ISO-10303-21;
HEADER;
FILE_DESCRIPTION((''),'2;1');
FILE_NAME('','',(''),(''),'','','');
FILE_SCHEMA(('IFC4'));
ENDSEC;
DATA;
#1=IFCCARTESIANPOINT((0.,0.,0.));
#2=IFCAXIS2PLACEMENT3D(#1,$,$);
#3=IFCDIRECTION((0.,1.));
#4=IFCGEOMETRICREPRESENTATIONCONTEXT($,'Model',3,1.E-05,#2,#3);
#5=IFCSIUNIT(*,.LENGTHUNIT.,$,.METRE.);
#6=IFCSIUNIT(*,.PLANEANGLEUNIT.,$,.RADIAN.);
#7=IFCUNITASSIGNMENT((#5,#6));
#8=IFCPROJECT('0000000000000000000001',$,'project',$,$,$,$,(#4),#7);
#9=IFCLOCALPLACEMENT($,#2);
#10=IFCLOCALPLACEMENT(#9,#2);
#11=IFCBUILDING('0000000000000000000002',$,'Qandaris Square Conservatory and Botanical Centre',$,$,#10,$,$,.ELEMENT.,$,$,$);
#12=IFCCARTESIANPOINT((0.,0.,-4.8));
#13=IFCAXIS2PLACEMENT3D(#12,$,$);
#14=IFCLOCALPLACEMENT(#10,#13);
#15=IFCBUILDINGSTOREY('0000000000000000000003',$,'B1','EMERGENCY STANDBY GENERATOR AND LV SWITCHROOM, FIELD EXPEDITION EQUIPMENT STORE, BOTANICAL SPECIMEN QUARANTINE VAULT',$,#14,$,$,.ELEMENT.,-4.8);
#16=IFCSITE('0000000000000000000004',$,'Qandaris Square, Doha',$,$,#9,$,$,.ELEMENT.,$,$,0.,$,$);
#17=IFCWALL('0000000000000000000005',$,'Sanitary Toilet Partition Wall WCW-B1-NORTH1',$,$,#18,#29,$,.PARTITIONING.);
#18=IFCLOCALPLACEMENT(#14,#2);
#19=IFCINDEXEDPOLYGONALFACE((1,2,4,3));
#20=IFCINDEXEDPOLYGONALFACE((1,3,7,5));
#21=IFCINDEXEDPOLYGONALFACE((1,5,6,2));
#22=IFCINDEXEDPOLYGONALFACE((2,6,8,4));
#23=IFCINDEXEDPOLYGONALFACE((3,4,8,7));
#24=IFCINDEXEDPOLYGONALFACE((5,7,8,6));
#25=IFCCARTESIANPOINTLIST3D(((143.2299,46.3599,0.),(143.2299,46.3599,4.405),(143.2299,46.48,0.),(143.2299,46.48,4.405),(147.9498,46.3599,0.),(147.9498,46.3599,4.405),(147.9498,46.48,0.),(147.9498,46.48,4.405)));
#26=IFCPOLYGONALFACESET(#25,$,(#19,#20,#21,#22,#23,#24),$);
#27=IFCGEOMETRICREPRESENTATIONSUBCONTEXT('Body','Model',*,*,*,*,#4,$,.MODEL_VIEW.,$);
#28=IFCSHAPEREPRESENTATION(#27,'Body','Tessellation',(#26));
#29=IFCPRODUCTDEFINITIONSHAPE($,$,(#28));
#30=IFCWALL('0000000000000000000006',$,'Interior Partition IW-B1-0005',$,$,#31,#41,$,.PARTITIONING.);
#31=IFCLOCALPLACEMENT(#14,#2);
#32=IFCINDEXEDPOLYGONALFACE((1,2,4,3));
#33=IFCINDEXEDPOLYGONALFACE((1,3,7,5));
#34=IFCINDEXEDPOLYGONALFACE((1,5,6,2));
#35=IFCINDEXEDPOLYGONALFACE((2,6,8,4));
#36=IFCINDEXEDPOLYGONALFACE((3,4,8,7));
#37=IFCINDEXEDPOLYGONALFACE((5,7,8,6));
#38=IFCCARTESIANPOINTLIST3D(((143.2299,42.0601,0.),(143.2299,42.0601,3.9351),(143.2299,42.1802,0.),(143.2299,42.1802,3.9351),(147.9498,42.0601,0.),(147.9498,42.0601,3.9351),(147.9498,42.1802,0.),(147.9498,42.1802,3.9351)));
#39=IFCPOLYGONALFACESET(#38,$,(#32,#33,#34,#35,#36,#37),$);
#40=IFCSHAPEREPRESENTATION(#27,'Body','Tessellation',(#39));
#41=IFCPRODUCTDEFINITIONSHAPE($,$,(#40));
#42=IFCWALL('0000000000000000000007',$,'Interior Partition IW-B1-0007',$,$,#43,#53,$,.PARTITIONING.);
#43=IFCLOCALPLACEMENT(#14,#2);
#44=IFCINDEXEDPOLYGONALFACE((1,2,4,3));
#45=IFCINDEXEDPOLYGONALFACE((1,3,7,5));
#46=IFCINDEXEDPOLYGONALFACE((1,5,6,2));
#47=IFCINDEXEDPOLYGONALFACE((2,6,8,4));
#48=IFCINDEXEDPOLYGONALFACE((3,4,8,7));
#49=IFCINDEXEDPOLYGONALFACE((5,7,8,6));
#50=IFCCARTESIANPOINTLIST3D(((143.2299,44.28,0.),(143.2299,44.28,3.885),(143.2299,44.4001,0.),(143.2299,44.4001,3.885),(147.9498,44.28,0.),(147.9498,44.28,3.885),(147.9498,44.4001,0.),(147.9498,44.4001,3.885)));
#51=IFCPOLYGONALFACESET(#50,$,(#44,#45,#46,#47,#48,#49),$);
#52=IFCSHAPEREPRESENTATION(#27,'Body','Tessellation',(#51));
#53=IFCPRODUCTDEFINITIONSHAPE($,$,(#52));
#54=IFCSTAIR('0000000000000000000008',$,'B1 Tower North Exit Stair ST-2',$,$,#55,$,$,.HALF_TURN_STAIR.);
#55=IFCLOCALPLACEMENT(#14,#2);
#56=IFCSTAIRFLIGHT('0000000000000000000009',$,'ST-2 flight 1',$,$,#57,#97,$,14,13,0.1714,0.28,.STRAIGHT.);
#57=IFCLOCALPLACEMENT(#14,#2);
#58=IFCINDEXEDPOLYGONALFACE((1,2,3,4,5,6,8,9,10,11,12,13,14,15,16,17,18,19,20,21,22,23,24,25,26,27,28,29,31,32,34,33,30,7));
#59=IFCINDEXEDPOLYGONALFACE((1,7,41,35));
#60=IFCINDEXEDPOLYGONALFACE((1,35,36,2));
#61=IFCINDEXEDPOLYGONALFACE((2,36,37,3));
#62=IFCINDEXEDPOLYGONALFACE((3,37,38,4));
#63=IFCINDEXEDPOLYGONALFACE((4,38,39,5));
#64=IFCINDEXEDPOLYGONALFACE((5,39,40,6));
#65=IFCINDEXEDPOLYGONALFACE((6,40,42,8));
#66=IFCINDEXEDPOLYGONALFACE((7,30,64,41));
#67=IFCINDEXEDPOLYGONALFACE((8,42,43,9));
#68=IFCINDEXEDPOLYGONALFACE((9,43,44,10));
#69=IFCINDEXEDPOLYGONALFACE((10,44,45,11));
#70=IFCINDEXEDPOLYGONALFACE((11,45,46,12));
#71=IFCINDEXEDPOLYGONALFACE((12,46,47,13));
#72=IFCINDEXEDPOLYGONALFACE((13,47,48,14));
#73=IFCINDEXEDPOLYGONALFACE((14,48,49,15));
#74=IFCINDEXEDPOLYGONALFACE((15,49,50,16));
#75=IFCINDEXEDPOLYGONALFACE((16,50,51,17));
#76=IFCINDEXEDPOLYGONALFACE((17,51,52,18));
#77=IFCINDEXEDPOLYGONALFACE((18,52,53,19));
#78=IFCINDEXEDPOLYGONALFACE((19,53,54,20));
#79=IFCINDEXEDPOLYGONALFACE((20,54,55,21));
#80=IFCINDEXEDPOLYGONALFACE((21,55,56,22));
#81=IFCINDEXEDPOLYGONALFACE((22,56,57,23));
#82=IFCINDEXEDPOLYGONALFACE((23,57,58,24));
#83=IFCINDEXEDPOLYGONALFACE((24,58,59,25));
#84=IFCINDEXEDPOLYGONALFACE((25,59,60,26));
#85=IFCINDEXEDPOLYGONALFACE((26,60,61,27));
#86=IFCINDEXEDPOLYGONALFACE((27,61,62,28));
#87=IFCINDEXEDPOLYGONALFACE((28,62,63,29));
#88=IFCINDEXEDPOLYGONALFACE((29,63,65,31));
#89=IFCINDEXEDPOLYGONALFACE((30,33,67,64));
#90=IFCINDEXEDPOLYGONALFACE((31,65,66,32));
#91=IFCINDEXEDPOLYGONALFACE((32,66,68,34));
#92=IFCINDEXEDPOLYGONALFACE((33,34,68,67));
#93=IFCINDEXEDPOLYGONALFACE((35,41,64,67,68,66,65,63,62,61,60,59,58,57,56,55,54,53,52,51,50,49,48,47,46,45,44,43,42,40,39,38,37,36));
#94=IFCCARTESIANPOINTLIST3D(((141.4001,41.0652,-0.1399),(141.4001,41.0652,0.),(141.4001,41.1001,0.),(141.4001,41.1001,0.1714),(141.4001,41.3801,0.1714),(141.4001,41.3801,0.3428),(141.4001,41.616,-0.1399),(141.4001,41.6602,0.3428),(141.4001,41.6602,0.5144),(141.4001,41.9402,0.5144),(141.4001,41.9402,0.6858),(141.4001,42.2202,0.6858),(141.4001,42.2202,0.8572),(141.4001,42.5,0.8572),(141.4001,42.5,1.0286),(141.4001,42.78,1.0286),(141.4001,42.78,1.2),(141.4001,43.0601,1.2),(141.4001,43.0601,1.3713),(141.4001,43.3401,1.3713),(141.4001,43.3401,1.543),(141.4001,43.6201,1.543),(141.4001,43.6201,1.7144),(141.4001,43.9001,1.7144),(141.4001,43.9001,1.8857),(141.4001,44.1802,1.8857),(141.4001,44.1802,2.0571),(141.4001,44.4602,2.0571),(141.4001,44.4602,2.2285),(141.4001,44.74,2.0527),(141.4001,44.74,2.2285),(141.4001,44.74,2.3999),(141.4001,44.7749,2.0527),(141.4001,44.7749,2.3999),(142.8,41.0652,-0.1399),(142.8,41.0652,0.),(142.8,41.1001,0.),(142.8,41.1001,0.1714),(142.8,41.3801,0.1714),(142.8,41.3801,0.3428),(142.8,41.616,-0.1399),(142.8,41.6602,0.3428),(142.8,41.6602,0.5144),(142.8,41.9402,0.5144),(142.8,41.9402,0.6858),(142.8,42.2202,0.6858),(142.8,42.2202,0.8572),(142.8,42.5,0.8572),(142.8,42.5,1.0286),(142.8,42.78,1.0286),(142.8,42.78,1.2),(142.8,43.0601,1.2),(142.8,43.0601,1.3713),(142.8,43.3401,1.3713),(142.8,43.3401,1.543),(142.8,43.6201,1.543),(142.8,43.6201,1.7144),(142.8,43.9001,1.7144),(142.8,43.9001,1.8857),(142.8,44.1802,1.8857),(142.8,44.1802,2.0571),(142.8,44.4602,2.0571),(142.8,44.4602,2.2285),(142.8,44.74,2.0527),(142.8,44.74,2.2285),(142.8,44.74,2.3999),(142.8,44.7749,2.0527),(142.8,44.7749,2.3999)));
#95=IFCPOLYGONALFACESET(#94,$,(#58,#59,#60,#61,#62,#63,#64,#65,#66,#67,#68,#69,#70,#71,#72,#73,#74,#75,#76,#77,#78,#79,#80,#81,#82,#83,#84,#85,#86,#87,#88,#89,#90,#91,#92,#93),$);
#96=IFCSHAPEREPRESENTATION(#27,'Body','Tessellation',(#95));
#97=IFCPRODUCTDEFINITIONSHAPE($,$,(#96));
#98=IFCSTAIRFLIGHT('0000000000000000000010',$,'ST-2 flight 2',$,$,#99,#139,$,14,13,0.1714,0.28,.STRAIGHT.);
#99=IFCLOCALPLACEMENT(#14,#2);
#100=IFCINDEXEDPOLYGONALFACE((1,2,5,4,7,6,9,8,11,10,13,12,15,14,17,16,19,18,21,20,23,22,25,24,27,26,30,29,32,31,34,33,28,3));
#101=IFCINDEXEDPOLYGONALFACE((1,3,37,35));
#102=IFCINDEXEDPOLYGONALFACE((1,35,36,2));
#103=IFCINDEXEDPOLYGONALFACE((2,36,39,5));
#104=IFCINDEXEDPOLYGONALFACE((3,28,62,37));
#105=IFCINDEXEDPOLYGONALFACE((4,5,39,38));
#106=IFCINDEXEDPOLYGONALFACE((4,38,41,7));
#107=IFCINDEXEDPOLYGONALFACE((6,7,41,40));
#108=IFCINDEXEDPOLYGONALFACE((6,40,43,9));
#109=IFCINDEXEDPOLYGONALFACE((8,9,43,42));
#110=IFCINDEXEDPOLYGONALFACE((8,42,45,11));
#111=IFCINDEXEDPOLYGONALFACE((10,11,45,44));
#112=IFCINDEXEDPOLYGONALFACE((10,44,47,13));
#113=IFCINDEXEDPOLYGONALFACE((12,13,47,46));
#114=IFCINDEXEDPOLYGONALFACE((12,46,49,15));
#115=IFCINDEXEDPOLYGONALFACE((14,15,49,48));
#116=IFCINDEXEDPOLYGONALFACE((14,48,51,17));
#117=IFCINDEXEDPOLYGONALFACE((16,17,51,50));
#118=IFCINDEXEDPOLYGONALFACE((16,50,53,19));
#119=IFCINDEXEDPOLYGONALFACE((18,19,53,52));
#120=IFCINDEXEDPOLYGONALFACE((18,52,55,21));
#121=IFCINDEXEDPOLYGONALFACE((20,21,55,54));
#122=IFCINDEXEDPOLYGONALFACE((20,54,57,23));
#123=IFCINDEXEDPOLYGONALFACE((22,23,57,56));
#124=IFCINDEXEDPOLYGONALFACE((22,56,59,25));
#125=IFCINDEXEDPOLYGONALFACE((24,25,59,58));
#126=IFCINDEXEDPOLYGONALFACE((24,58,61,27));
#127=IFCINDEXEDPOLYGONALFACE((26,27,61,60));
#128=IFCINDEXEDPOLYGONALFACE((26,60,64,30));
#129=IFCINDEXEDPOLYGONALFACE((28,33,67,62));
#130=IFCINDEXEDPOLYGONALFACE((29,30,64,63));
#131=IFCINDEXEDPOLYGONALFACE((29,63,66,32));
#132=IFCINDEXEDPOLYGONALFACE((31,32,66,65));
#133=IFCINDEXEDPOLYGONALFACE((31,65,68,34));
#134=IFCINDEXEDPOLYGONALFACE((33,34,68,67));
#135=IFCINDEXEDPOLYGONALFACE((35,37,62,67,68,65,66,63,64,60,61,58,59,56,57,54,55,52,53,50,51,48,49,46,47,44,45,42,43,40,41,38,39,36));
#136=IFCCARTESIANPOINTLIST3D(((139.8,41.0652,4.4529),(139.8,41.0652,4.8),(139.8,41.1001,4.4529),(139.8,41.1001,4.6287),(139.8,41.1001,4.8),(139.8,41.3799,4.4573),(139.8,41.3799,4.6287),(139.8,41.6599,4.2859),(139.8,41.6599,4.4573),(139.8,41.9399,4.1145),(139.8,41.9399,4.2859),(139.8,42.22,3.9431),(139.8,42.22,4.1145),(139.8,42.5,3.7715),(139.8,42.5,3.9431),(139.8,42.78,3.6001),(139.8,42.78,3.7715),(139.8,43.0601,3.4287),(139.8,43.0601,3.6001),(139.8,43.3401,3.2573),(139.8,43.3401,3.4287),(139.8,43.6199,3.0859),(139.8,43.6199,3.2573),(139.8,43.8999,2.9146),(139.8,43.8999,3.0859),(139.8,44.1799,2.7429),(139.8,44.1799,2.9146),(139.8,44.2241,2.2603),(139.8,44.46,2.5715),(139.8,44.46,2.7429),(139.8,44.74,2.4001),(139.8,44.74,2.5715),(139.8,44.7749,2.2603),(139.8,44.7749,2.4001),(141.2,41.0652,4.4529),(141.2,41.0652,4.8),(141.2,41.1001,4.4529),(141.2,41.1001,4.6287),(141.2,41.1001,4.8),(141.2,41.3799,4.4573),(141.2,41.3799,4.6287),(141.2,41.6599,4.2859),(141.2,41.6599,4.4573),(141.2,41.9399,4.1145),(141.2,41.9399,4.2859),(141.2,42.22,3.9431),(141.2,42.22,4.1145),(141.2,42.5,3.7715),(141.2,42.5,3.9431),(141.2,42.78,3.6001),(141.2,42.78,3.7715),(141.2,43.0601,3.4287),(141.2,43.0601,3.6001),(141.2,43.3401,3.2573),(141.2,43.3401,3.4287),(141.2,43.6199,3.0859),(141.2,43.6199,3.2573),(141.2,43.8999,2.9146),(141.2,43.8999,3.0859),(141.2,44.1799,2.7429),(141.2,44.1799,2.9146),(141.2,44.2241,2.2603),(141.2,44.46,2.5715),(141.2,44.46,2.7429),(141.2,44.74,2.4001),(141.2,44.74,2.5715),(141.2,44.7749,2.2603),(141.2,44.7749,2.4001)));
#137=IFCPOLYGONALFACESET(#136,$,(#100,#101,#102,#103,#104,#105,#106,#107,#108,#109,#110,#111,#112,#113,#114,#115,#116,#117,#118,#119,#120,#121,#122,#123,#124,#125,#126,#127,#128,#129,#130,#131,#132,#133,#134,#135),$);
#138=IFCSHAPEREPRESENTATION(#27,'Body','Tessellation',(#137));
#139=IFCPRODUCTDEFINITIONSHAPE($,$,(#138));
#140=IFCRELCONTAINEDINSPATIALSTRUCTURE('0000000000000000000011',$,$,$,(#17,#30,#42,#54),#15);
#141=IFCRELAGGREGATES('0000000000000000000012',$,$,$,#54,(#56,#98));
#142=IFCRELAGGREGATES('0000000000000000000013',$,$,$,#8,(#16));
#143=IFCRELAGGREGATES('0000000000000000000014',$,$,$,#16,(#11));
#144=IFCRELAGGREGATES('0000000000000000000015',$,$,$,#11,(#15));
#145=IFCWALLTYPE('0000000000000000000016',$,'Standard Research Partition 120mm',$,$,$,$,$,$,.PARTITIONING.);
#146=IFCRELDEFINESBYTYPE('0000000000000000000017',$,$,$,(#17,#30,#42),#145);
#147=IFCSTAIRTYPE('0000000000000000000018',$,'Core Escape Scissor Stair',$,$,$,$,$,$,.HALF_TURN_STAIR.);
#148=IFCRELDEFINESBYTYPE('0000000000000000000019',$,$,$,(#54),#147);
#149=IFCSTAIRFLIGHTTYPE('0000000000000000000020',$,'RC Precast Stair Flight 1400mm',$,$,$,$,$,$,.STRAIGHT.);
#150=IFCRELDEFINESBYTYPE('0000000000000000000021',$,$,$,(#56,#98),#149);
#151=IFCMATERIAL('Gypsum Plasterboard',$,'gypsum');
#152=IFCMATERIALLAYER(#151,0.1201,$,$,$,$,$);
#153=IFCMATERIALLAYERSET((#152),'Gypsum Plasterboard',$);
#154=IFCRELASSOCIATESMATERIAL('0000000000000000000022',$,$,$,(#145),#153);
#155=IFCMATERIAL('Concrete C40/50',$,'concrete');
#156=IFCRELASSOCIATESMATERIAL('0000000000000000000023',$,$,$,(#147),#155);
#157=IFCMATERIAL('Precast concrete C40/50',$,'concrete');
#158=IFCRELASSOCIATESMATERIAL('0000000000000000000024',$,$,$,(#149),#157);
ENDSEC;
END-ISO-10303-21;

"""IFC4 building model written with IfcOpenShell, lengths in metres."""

from ifc_helpers import new_model, si_unit, direction, frame, frame_2d, origin, place, context, subcontext, project, spatial, polyline, rectangle, outline, extrude, material, layer, layer_set, type_object, element, aggregate, save


model = new_model("IFC4")

# Units and contexts
model_context = context("Model", 3, precision=1e-05, world=origin(), true_north=direction((0.0, 1.0)))
body_context = subcontext(model_context, "Body", "Model", "MODEL_VIEW")
ifc_project = project(units=[si_unit("LENGTHUNIT", "METRE"), si_unit("PLANEANGLEUNIT", "RADIAN")], contexts=[model_context])

# Site, building, storey
site_placement = place(None, origin())
site = spatial("IfcSite", under=ifc_project, at=site_placement, Name="Qandaris Square, Doha", CompositionType="ELEMENT", RefElevation=0.0)
building_placement = place(site_placement, origin())
building = spatial("IfcBuilding", under=site, at=building_placement, Name="Qandaris Square Conservatory and Botanical Centre", CompositionType="ELEMENT")
storey_placement = place(building_placement, frame((0.0, 0.0, -4.8)))
storey = spatial("IfcBuildingStorey", under=building, at=storey_placement, Name="B1", Description="EMERGENCY STANDBY GENERATOR AND LV SWITCHROOM, FIELD EXPEDITION EQUIPMENT STORE, BOTANICAL SPECIMEN QUARANTINE VAULT", CompositionType="ELEMENT", Elevation=-4.8)

# Shared definitions
ifc_material_1 = material(Name="Concrete C40/50", Category="concrete")

# Walls
ifc_material_2 = material(Name="Gypsum Plasterboard", Category="gypsum")
ifc_layer = layer(ifc_material_2, 0.1201)
ifc_layer_set = layer_set([ifc_layer], Name="Gypsum Plasterboard")
wall_type = type_object("IfcWallType", Name="Standard Research Partition 120mm", PredefinedType="PARTITIONING", material=ifc_layer_set)
wall_1_placement = place(storey_placement, frame((143.23, 46.4199, 0.0), z_axis=(0.0, 0.0, 1.0), x_axis=(1.0, 0.0, 0.0)))
element("IfcWall", 1, at=wall_1_placement, inside=storey, type_object=wall_type, Name="Sanitary Toilet Partition Wall WCW-B1-NORTH1", PredefinedType="PARTITIONING", context=body_context, shape_type="SweptSolid", body=[
    extrude(rectangle(XDim=4.72, YDim=0.1201, at=frame_2d((2.3599, 0.0))), origin(), (0.0, 0.0, 1.0), 4.405),
])
wall_2_placement = place(storey_placement, frame((143.23, 42.1201, 0.0), z_axis=(0.0, 0.0, 1.0), x_axis=(1.0, 0.0, 0.0)))
element("IfcWall", 2, at=wall_2_placement, inside=storey, type_object=wall_type, Name="Interior Partition IW-B1-0005", PredefinedType="PARTITIONING", context=body_context, shape_type="SweptSolid", body=[
    extrude(rectangle(XDim=4.72, YDim=0.1201, at=frame_2d((2.3599, 0.0))), origin(), (0.0, 0.0, 1.0), 3.9351),
])
wall_3_placement = place(storey_placement, frame((143.23, 44.3401, 0.0), z_axis=(0.0, 0.0, 1.0), x_axis=(1.0, 0.0, 0.0)))
element("IfcWall", 3, at=wall_3_placement, inside=storey, type_object=wall_type, Name="Interior Partition IW-B1-0007", PredefinedType="PARTITIONING", context=body_context, shape_type="SweptSolid", body=[
    extrude(rectangle(XDim=4.72, YDim=0.1201, at=frame_2d((2.3599, 0.0))), origin(), (0.0, 0.0, 1.0), 3.885),
])

# Stair, stair flights
stair_type = type_object("IfcStairType", Name="Core Escape Scissor Stair", PredefinedType="HALF_TURN_STAIR", material=ifc_material_1)
stair_placement = place(storey_placement, origin())
stair = element("IfcStair", 4, at=stair_placement, inside=storey, type_object=stair_type, Name="B1 Tower North Exit Stair ST-2", PredefinedType="HALF_TURN_STAIR")
ifc_material_3 = material(Name="Precast concrete C40/50", Category="concrete")
stair_flight_type = type_object("IfcStairFlightType", Name="RC Precast Stair Flight 1400mm", PredefinedType="STRAIGHT", material=ifc_material_3)
stair_flight_1_placement = place(storey_placement, frame((142.1001, 41.1001, 0.0), z_axis=(0.0, 0.0, 1.0), x_axis=(0.0, 1.0, 0.0)))
stair_flight_1 = element("IfcStairFlight", 5, at=stair_flight_1_placement, type_object=stair_flight_type, Name="ST-2 flight 1", NumberOfRisers=14, NumberOfTreads=13, PredefinedType="STRAIGHT", RiserHeight=0.1714, TreadLength=0.28, context=body_context, shape_type="SweptSolid", body=[
    extrude(outline(polyline([(-0.0349, 0.0), (0.0, 0.0), (0.0, 0.1714), (0.28, 0.1714), (0.28, 0.3428), (0.5601, 0.3428), (0.5601, 0.5144), (0.8401, 0.5144), (0.8401, 0.6858), (1.1201, 0.6858), (1.1201, 0.8572), (1.3999, 0.8572), (1.3999, 1.0286), (1.6799, 1.0286), (1.6799, 1.2), (1.96, 1.2), (1.96, 1.3713), (2.24, 1.3713), (2.24, 1.543), (2.52, 1.543), (2.52, 1.7144), (2.8, 1.7144), (2.8, 1.8857), (3.0801, 1.8857), (3.0801, 2.0571), (3.3601, 2.0571), (3.3601, 2.2285), (3.6399, 2.2285), (3.6399, 2.3999), (3.6748, 2.3999), (3.6748, 2.0527), (3.6399, 2.0527), (0.5159, -0.1399), (-0.0349, -0.1399), (-0.0349, 0.0)])), frame((0.0, 0.7, 0.0), z_axis=(0.0, -1.0, 0.0), x_axis=(1.0, 0.0, 0.0)), (0.0, 0.0, 1.0), 1.3999),
])
stair_flight_2_placement = place(storey_placement, frame((140.5, 44.74, 2.4001), z_axis=(0.0, 0.0, 1.0), x_axis=(0.0, -1.0, 0.0)))
stair_flight_2 = element("IfcStairFlight", 6, at=stair_flight_2_placement, type_object=stair_flight_type, Name="ST-2 flight 2", NumberOfRisers=14, NumberOfTreads=13, PredefinedType="STRAIGHT", RiserHeight=0.1714, TreadLength=0.28, context=body_context, shape_type="SweptSolid", body=[
    extrude(outline(polyline([(-0.0349, 0.0), (0.0, 0.0), (0.0, 0.1714), (0.28, 0.1714), (0.28, 0.3428), (0.5601, 0.3428), (0.5601, 0.5144), (0.8401, 0.5144), (0.8401, 0.6858), (1.1201, 0.6858), (1.1201, 0.8572), (1.3999, 0.8572), (1.3999, 1.0286), (1.6799, 1.0286), (1.6799, 1.2), (1.96, 1.2), (1.96, 1.3713), (2.24, 1.3713), (2.24, 1.543), (2.52, 1.543), (2.52, 1.7144), (2.8, 1.7144), (2.8, 1.8857), (3.0801, 1.8857), (3.0801, 2.0571), (3.3601, 2.0571), (3.3601, 2.2285), (3.6399, 2.2285), (3.6399, 2.3999), (3.6748, 2.3999), (3.6748, 2.0527), (3.6399, 2.0527), (0.5159, -0.1399), (-0.0349, -0.1399), (-0.0349, 0.0)])), frame((0.0, 0.7, 0.0), z_axis=(0.0, -1.0, 0.0), x_axis=(1.0, 0.0, 0.0)), (0.0, 0.0, 1.0), 1.3999),
])
aggregate(stair, [stair_flight_1, stair_flight_2])

save(model, "model.ifc")
